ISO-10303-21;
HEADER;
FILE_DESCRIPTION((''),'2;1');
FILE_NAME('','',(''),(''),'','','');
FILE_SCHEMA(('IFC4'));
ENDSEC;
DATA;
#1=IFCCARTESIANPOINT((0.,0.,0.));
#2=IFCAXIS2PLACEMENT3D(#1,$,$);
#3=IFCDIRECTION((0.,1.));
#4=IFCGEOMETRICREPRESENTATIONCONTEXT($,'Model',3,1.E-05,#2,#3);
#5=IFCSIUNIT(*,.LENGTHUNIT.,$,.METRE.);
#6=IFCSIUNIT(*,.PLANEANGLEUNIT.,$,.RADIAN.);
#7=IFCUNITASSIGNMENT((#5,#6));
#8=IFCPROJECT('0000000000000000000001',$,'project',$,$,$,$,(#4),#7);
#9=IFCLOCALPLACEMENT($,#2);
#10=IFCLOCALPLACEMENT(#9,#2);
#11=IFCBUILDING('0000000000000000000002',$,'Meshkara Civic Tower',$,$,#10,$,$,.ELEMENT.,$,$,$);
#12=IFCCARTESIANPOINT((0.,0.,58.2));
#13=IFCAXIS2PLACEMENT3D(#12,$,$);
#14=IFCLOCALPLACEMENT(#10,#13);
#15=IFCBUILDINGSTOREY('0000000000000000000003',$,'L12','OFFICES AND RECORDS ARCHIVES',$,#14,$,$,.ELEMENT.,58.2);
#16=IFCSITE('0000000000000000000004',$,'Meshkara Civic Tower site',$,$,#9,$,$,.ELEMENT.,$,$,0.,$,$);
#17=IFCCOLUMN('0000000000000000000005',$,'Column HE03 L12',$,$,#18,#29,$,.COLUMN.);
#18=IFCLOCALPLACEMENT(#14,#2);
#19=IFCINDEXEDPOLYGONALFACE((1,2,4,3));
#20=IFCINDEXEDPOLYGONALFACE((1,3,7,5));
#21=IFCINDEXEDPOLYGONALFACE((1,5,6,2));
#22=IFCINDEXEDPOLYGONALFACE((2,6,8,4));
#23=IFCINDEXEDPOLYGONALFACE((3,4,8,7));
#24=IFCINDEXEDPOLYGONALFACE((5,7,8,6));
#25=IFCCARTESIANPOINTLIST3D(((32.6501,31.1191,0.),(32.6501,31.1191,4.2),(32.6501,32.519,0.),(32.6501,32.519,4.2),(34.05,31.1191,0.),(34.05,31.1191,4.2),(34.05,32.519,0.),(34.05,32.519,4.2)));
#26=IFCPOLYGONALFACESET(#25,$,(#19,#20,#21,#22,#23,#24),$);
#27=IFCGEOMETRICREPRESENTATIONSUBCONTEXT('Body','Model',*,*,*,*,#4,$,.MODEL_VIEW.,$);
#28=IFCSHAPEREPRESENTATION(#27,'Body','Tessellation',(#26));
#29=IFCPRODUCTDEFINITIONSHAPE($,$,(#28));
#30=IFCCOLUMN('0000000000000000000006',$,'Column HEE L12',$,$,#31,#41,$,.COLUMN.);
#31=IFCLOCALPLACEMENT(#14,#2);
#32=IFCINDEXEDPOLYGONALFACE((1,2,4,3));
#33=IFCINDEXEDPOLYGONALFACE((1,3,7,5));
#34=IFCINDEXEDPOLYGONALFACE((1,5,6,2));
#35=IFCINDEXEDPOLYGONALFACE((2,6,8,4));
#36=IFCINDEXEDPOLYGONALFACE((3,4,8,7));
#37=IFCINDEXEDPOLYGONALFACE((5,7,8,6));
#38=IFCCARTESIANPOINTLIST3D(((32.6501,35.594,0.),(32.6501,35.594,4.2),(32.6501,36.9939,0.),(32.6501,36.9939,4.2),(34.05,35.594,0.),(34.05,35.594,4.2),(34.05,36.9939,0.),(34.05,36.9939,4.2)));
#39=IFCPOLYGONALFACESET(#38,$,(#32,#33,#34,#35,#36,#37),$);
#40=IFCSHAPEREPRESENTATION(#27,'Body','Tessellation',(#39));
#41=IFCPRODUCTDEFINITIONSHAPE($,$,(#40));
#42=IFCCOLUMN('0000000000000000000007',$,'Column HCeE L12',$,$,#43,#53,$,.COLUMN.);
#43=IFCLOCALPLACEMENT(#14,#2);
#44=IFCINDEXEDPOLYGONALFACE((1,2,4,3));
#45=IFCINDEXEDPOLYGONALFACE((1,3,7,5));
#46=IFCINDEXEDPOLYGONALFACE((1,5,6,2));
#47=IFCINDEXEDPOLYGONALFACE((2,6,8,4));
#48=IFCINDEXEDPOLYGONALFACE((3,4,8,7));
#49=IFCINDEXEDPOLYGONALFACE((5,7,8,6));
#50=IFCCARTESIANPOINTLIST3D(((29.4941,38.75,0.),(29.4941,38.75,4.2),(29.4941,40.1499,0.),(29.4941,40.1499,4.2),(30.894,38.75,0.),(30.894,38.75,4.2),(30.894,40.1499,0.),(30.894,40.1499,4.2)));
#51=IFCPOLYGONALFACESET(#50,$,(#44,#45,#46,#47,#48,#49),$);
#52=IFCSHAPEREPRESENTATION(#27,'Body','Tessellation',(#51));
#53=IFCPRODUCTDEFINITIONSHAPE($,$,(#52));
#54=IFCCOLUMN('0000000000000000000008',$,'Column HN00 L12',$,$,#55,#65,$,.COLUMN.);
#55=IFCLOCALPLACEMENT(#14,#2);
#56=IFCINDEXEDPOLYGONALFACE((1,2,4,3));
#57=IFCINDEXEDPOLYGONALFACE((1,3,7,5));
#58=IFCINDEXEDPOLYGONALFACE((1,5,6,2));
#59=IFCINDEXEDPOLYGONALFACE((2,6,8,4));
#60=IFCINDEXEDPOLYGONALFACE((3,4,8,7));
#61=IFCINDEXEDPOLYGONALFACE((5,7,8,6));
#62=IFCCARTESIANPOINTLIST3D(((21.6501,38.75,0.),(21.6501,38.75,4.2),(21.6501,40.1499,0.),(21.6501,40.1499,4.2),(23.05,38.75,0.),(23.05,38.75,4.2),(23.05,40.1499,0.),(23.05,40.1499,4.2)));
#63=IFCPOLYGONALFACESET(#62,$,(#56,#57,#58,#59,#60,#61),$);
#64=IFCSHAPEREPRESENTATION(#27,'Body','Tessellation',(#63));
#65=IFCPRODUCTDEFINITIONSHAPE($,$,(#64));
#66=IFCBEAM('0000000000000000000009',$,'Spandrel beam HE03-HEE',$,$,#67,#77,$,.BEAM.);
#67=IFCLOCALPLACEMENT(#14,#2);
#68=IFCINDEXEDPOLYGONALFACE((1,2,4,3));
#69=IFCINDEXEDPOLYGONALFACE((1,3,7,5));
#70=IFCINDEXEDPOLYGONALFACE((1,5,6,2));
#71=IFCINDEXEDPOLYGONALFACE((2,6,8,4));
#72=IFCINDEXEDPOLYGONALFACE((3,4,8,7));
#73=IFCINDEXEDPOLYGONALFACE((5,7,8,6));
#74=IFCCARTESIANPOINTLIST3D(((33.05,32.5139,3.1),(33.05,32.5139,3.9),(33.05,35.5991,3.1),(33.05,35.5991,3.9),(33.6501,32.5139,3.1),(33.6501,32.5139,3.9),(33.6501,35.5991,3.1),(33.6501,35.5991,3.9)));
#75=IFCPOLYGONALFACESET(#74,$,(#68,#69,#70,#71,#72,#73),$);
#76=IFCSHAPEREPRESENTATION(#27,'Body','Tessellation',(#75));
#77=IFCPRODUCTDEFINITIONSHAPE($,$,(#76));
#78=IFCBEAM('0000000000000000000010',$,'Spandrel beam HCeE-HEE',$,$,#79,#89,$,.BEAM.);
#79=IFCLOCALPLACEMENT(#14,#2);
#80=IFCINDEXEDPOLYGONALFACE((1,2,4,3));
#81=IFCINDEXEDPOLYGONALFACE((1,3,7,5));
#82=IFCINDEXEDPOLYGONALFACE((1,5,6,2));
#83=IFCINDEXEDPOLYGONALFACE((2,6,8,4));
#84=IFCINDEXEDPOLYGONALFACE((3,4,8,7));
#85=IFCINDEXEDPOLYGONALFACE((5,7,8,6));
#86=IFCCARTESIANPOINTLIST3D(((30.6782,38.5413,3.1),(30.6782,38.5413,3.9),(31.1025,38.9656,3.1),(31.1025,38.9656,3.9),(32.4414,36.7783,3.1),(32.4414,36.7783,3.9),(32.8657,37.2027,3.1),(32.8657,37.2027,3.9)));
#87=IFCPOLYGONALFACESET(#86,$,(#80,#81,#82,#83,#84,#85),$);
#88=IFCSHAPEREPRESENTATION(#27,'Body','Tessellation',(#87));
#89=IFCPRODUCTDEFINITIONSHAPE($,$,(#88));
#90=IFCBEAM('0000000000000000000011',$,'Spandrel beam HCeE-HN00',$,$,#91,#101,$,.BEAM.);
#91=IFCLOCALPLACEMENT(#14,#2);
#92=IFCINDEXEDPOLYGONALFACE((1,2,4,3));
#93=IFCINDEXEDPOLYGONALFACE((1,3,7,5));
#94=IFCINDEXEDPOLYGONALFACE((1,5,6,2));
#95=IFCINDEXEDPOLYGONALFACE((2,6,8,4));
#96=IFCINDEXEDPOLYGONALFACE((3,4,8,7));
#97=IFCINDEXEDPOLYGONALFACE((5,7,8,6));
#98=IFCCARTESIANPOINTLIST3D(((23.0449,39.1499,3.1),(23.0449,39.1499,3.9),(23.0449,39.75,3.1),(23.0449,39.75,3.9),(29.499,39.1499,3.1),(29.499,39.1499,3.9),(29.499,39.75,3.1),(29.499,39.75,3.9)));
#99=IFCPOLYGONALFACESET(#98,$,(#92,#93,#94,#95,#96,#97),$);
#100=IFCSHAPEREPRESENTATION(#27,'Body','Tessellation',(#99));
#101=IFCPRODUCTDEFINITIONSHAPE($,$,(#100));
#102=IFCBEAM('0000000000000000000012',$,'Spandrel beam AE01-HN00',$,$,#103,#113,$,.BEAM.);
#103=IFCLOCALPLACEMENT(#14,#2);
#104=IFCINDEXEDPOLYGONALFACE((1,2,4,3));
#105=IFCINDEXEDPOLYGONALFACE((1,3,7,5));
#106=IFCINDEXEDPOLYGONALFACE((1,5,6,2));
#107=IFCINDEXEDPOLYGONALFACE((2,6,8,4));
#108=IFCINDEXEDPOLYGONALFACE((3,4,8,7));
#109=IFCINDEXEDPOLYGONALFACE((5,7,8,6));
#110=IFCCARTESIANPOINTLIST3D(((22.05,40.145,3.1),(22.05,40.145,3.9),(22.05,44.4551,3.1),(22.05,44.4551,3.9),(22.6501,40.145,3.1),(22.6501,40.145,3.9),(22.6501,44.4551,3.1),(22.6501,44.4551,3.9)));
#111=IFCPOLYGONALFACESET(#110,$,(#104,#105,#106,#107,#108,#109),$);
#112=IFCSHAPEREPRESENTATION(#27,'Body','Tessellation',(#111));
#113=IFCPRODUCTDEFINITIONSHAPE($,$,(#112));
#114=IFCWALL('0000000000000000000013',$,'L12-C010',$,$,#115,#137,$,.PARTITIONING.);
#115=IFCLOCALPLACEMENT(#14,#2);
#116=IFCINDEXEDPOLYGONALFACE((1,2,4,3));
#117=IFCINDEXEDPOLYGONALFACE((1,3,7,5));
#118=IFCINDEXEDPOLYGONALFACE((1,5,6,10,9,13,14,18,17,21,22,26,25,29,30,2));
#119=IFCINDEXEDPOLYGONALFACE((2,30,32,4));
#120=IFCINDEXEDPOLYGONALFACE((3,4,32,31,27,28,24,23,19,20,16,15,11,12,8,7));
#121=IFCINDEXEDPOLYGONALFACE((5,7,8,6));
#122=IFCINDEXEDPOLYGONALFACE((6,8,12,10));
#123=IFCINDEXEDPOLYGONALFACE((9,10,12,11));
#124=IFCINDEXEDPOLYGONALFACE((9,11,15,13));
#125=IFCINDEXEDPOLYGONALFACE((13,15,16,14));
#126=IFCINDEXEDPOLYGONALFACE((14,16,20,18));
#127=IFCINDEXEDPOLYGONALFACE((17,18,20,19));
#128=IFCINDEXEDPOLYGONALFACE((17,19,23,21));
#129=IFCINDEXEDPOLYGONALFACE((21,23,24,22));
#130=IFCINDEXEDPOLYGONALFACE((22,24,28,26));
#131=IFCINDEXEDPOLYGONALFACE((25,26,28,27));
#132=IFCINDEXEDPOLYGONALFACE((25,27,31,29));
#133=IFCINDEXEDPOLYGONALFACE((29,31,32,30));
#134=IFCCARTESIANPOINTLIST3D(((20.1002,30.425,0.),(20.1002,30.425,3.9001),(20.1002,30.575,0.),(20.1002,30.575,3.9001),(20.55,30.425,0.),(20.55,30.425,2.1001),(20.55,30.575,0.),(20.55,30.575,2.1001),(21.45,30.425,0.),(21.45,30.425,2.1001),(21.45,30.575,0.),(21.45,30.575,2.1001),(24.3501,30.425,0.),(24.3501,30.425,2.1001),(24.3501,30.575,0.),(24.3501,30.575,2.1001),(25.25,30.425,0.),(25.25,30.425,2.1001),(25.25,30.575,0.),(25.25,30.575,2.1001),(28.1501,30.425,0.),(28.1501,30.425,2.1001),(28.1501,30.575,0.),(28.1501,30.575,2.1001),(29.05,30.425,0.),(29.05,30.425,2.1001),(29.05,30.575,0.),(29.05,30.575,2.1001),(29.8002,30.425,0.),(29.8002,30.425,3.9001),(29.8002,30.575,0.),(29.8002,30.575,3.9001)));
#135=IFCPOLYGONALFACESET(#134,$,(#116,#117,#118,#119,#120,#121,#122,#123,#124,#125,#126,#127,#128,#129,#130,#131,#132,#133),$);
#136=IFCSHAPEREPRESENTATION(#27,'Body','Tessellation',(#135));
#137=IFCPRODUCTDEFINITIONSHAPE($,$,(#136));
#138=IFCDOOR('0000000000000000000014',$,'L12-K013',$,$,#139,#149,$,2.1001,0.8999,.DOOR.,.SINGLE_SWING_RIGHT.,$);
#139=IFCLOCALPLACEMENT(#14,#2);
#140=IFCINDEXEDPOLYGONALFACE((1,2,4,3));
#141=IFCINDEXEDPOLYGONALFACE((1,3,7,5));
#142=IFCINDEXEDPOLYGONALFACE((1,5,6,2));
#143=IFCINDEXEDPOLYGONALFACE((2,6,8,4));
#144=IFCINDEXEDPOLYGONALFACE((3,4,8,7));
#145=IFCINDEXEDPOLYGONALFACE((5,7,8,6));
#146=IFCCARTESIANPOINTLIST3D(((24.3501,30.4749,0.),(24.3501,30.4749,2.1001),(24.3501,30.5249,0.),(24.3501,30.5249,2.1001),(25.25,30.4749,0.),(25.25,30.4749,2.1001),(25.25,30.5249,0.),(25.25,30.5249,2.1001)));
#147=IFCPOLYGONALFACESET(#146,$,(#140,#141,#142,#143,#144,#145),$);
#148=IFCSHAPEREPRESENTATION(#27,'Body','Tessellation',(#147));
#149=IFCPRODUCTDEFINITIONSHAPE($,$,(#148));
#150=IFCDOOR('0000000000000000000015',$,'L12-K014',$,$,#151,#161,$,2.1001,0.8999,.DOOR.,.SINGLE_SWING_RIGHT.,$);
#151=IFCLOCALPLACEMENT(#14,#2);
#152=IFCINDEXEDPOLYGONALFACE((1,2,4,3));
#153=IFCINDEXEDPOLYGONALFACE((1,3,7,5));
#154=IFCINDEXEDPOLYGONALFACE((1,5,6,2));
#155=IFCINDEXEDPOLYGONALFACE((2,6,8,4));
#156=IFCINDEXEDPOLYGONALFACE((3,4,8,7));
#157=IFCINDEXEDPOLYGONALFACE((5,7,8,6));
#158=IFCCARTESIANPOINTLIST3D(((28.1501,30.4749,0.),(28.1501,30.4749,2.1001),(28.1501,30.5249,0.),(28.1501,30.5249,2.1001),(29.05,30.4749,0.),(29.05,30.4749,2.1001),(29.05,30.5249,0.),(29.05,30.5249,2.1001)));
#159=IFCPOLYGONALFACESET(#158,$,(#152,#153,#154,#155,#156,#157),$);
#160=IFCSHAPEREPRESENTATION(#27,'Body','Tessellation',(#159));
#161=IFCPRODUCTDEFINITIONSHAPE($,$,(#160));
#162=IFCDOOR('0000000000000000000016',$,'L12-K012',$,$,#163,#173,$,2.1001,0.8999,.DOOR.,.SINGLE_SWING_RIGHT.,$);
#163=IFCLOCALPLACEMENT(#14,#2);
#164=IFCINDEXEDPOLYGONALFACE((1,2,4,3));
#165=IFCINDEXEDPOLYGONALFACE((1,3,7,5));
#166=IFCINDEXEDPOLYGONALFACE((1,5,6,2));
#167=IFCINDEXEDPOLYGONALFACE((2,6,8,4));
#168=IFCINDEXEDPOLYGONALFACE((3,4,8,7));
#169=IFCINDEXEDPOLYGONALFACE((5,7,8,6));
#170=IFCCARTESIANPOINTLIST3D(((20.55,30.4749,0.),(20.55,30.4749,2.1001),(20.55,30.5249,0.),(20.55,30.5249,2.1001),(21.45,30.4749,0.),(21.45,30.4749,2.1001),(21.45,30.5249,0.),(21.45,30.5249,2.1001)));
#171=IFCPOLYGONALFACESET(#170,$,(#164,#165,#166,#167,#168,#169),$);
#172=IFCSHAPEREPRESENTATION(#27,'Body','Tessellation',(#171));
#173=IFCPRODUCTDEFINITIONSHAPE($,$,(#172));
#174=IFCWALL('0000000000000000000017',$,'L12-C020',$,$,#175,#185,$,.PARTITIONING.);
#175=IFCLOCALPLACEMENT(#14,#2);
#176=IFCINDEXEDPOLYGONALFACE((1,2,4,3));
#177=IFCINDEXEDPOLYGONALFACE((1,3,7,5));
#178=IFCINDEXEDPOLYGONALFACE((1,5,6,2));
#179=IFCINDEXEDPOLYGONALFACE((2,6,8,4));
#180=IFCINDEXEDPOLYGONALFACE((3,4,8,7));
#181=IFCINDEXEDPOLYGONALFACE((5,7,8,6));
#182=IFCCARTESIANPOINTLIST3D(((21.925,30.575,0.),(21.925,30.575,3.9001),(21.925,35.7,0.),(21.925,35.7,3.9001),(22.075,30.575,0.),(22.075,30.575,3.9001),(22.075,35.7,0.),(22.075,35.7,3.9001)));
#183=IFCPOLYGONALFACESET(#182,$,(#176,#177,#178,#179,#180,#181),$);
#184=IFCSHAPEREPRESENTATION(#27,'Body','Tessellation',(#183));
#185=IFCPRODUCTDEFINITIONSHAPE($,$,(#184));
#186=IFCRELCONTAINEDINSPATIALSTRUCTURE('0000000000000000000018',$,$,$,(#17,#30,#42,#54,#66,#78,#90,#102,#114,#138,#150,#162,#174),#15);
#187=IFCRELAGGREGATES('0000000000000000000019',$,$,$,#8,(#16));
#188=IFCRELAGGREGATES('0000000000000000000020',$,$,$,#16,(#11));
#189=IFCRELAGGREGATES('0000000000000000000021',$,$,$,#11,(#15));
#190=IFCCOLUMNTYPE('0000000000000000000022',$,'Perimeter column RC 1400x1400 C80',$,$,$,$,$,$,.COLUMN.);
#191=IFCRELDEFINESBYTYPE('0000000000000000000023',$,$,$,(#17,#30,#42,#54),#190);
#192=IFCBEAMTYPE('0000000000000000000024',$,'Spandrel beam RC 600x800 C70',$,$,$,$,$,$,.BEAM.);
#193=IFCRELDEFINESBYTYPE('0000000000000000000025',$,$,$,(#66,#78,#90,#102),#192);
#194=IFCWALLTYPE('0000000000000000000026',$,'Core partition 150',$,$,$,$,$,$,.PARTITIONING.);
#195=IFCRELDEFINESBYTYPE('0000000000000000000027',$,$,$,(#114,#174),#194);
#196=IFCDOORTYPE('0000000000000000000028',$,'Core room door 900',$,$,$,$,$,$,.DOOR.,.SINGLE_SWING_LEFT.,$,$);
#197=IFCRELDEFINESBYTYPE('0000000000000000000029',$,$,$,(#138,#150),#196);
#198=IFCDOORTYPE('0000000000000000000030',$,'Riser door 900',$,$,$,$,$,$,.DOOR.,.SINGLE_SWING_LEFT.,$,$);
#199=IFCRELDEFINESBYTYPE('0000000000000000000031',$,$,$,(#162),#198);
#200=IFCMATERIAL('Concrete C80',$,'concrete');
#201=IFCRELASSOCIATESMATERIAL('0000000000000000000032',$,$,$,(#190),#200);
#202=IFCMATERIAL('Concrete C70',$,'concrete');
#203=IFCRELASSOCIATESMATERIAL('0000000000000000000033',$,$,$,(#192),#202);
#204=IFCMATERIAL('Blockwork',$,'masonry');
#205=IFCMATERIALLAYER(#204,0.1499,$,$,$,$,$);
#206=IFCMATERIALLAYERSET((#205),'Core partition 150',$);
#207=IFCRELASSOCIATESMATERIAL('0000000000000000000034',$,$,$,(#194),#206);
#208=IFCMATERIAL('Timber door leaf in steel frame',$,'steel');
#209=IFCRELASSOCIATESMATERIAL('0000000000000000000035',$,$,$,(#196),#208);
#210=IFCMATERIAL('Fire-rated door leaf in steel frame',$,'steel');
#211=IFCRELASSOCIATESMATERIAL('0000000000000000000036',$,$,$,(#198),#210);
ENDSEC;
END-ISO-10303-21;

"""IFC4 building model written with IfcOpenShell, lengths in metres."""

from ifc_helpers import new_model, si_unit, direction, frame, frame_2d, origin, origin_2d, place, context, subcontext, project, spatial, rectangle, extrude, material, layer, layer_set, material_profile, profile_set, type_object, element, fill, save


model = new_model("IFC4")

# Units and contexts
model_context = context("Model", 3, precision=1e-05, world=origin(), true_north=direction((0.0, 1.0)))
body_context = subcontext(model_context, "Body", "Model", "MODEL_VIEW")
ifc_project = project(units=[si_unit("LENGTHUNIT", "METRE"), si_unit("PLANEANGLEUNIT", "RADIAN")], contexts=[model_context])

# Site, building, storey
site_placement = place(None, origin())
site = spatial("IfcSite", under=ifc_project, at=site_placement, Name="Meshkara Civic Tower site", CompositionType="ELEMENT", RefElevation=0.0)
building_placement = place(site_placement, origin())
building = spatial("IfcBuilding", under=site, at=building_placement, Name="Meshkara Civic Tower", CompositionType="ELEMENT")
storey_placement = place(building_placement, frame((0.0, 0.0, 58.2)))
storey = spatial("IfcBuildingStorey", under=building, at=storey_placement, Name="L12", Description="OFFICES AND RECORDS ARCHIVES", CompositionType="ELEMENT", Elevation=58.2)

# Columns
ifc_material_1 = material(Name="Concrete C80", Category="concrete")
ifc_material_profile_1 = material_profile(ifc_material_1, rectangle(XDim=1.3999, YDim=1.3999, at=origin_2d()))
ifc_profile_set_1 = profile_set([ifc_material_profile_1], Name="Concrete C80")
column_type = type_object("IfcColumnType", Name="Perimeter column RC 1400x1400 C80", PredefinedType="COLUMN", material=ifc_profile_set_1)
for number, where, z_axis, x_axis, name in (
    (1, (33.3501, 31.8191, 0.0), (0.0, 0.0, 1.0), (1.0, 0.0, 0.0), "Column HE03 L12"),
    (2, (33.3501, 36.2939, 0.0), (0.0, 0.0, 1.0), (1.0, 0.0, 0.0), "Column HEE L12"),
    (3, (30.1941, 39.45, 0.0), (0.0, 0.0, 1.0), (1.0, 0.0, 0.0), "Column HCeE L12"),
    (4, (22.3501, 39.45, 0.0), (0.0, 0.0, 1.0), (1.0, 0.0, 0.0), "Column HN00 L12"),
):
    element("IfcColumn", number, at=place(storey_placement, frame(where, z_axis=z_axis, x_axis=x_axis)), inside=storey, type_object=column_type, Name=name, PredefinedType="COLUMN", context=body_context, shape_type="SweptSolid", body=[
        extrude(rectangle(XDim=1.3999, YDim=1.3999, at=origin_2d()), origin(), (0.0, 0.0, 1.0), 4.2),
    ])

# Beams
ifc_material_2 = material(Name="Concrete C70", Category="concrete")
ifc_material_profile_2 = material_profile(ifc_material_2, rectangle(XDim=0.6001, YDim=0.8, at=origin_2d()))
ifc_profile_set_2 = profile_set([ifc_material_profile_2], Name="Concrete C70")
beam_type = type_object("IfcBeamType", Name="Spandrel beam RC 600x800 C70", PredefinedType="BEAM", material=ifc_profile_set_2)
beam_1_placement = place(storey_placement, frame((33.3501, 32.5139, 3.5), z_axis=(0.0, 1.0, 0.0), x_axis=(-1.0, 0.0, 0.0)))
element("IfcBeam", 5, at=beam_1_placement, inside=storey, type_object=beam_type, Name="Spandrel beam HE03-HEE", PredefinedType="BEAM", context=body_context, shape_type="SweptSolid", body=[
    extrude(rectangle(XDim=0.6001, YDim=0.8, at=origin_2d()), origin(), (0.0, 0.0, 1.0), 3.0852),
])
beam_2_placement = place(storey_placement, frame((32.6536, 36.9905, 3.5), z_axis=(-0.707156, 0.707058, 0.0), x_axis=(-0.707058, -0.707156, 0.0)))
element("IfcBeam", 6, at=beam_2_placement, inside=storey, type_object=beam_type, Name="Spandrel beam HCeE-HEE", PredefinedType="BEAM", context=body_context, shape_type="SweptSolid", body=[
    extrude(rectangle(XDim=0.6001, YDim=0.8, at=origin_2d()), origin(), (0.0, 0.0, 1.0), 2.4934),
])
beam_3_placement = place(storey_placement, frame((29.499, 39.45, 3.5), z_axis=(-1.0, 0.0, 0.0), x_axis=(0.0, -1.0, 0.0)))
element("IfcBeam", 7, at=beam_3_placement, inside=storey, type_object=beam_type, Name="Spandrel beam HCeE-HN00", PredefinedType="BEAM", context=body_context, shape_type="SweptSolid", body=[
    extrude(rectangle(XDim=0.6001, YDim=0.8, at=origin_2d()), origin(), (0.0, 0.0, 1.0), 6.4541),
])
beam_4_placement = place(storey_placement, frame((22.3501, 40.145, 3.5), z_axis=(0.0, 1.0, 0.0), x_axis=(-1.0, 0.0, 0.0)))
element("IfcBeam", 8, at=beam_4_placement, inside=storey, type_object=beam_type, Name="Spandrel beam AE01-HN00", PredefinedType="BEAM", context=body_context, shape_type="SweptSolid", body=[
    extrude(rectangle(XDim=0.6001, YDim=0.8, at=origin_2d()), origin(), (0.0, 0.0, 1.0), 4.3101),
])

# Wall, openings, doors
ifc_material_3 = material(Name="Blockwork", Category="masonry")
ifc_layer_1 = layer(ifc_material_3, 0.1499)
ifc_layer_set_1 = layer_set([ifc_layer_1], Name="Core partition 150")
wall_type_1 = type_object("IfcWallType", Name="Core partition 150", PredefinedType="PARTITIONING", material=ifc_layer_set_1)
wall_1_placement = place(storey_placement, frame((20.1001, 30.5, 0.0), z_axis=(0.0, 0.0, 1.0), x_axis=(1.0, 0.0, 0.0)))
wall_1 = element("IfcWall", 9, at=wall_1_placement, inside=storey, type_object=wall_type_1, Name="L12-C010", PredefinedType="PARTITIONING", context=body_context, shape_type="SweptSolid", body=[
    extrude(rectangle(XDim=9.7, YDim=0.1499, at=frame_2d((4.8501, 0.0))), origin(), (0.0, 0.0, 1.0), 3.9001),
])
opening_1_placement = place(wall_1_placement, frame((0.45, 0.0, 0.0)))
opening_1 = element("IfcOpeningElement", 10, at=opening_1_placement, cuts=wall_1, PredefinedType="OPENING", context=body_context, shape_type="SweptSolid", body=[
    extrude(rectangle(XDim=0.8999, YDim=2.1001, at=frame_2d((0.45, 1.05))), frame((0.0, 0.085, 0.0), z_axis=(0.0, -1.0, 0.0), x_axis=(1.0, 0.0, 0.0)), (0.0, 0.0, 1.0), 0.1699),
])
opening_2_placement = place(wall_1_placement, frame((4.25, 0.0, 0.0)))
opening_2 = element("IfcOpeningElement", 11, at=opening_2_placement, cuts=wall_1, PredefinedType="OPENING", context=body_context, shape_type="SweptSolid", body=[
    extrude(rectangle(XDim=0.8999, YDim=2.1001, at=frame_2d((0.45, 1.05))), frame((0.0, 0.085, 0.0), z_axis=(0.0, -1.0, 0.0), x_axis=(1.0, 0.0, 0.0)), (0.0, 0.0, 1.0), 0.1699),
])
opening_3_placement = place(wall_1_placement, frame((8.05, 0.0, 0.0)))
opening_3 = element("IfcOpeningElement", 12, at=opening_3_placement, cuts=wall_1, PredefinedType="OPENING", context=body_context, shape_type="SweptSolid", body=[
    extrude(rectangle(XDim=0.8999, YDim=2.1001, at=frame_2d((0.45, 1.05))), frame((0.0, 0.085, 0.0), z_axis=(0.0, -1.0, 0.0), x_axis=(1.0, 0.0, 0.0)), (0.0, 0.0, 1.0), 0.1699),
])
ifc_material_4 = material(Name="Timber door leaf in steel frame", Category="steel")
door_type_1 = type_object("IfcDoorType", Name="Core room door 900", OperationType="SINGLE_SWING_LEFT", PredefinedType="DOOR", material=ifc_material_4)
door_1_placement = place(opening_2_placement, origin())
door_1 = element("IfcDoor", 13, at=door_1_placement, inside=storey, type_object=door_type_1, Name="L12-K013", OperationType="SINGLE_SWING_RIGHT", OverallHeight=2.1001, OverallWidth=0.8999, PredefinedType="DOOR", context=body_context, shape_type="SweptSolid", body=[
    extrude(rectangle(XDim=0.8999, YDim=2.1001, at=frame_2d((0.45, 1.05))), frame((0.0, 0.0249, 0.0), z_axis=(0.0, -1.0, 0.0), x_axis=(1.0, 0.0, 0.0)), (0.0, 0.0, 1.0), 0.05),
])
fill(opening_2, door_1)
door_2_placement = place(opening_3_placement, origin())
door_2 = element("IfcDoor", 14, at=door_2_placement, inside=storey, type_object=door_type_1, Name="L12-K014", OperationType="SINGLE_SWING_RIGHT", OverallHeight=2.1001, OverallWidth=0.8999, PredefinedType="DOOR", context=body_context, shape_type="SweptSolid", body=[
    extrude(rectangle(XDim=0.8999, YDim=2.1001, at=frame_2d((0.45, 1.05))), frame((0.0, 0.0249, 0.0), z_axis=(0.0, -1.0, 0.0), x_axis=(1.0, 0.0, 0.0)), (0.0, 0.0, 1.0), 0.05),
])
fill(opening_3, door_2)
ifc_material_5 = material(Name="Fire-rated door leaf in steel frame", Category="steel")
door_type_2 = type_object("IfcDoorType", Name="Riser door 900", OperationType="SINGLE_SWING_LEFT", PredefinedType="DOOR", material=ifc_material_5)
door_3_placement = place(opening_1_placement, origin())
door_3 = element("IfcDoor", 15, at=door_3_placement, inside=storey, type_object=door_type_2, Name="L12-K012", OperationType="SINGLE_SWING_RIGHT", OverallHeight=2.1001, OverallWidth=0.8999, PredefinedType="DOOR", context=body_context, shape_type="SweptSolid", body=[
    extrude(rectangle(XDim=0.8999, YDim=2.1001, at=frame_2d((0.45, 1.05))), frame((0.0, 0.0249, 0.0), z_axis=(0.0, -1.0, 0.0), x_axis=(1.0, 0.0, 0.0)), (0.0, 0.0, 1.0), 0.05),
])
fill(opening_1, door_3)

# Wall
for number, where, z_axis, x_axis, name in (
    (16, (22.0, 30.575, 0.0), (0.0, 0.0, 1.0), (0.0, 1.0, 0.0), "L12-C020"),
):
    element("IfcWall", number, at=place(storey_placement, frame(where, z_axis=z_axis, x_axis=x_axis)), inside=storey, type_object=wall_type_1, Name=name, PredefinedType="PARTITIONING", context=body_context, shape_type="SweptSolid", body=[
        extrude(rectangle(XDim=5.125, YDim=0.1499, at=frame_2d((2.5625, 0.0))), origin(), (0.0, 0.0, 1.0), 3.9001),
    ])

save(model, "model.ifc")
